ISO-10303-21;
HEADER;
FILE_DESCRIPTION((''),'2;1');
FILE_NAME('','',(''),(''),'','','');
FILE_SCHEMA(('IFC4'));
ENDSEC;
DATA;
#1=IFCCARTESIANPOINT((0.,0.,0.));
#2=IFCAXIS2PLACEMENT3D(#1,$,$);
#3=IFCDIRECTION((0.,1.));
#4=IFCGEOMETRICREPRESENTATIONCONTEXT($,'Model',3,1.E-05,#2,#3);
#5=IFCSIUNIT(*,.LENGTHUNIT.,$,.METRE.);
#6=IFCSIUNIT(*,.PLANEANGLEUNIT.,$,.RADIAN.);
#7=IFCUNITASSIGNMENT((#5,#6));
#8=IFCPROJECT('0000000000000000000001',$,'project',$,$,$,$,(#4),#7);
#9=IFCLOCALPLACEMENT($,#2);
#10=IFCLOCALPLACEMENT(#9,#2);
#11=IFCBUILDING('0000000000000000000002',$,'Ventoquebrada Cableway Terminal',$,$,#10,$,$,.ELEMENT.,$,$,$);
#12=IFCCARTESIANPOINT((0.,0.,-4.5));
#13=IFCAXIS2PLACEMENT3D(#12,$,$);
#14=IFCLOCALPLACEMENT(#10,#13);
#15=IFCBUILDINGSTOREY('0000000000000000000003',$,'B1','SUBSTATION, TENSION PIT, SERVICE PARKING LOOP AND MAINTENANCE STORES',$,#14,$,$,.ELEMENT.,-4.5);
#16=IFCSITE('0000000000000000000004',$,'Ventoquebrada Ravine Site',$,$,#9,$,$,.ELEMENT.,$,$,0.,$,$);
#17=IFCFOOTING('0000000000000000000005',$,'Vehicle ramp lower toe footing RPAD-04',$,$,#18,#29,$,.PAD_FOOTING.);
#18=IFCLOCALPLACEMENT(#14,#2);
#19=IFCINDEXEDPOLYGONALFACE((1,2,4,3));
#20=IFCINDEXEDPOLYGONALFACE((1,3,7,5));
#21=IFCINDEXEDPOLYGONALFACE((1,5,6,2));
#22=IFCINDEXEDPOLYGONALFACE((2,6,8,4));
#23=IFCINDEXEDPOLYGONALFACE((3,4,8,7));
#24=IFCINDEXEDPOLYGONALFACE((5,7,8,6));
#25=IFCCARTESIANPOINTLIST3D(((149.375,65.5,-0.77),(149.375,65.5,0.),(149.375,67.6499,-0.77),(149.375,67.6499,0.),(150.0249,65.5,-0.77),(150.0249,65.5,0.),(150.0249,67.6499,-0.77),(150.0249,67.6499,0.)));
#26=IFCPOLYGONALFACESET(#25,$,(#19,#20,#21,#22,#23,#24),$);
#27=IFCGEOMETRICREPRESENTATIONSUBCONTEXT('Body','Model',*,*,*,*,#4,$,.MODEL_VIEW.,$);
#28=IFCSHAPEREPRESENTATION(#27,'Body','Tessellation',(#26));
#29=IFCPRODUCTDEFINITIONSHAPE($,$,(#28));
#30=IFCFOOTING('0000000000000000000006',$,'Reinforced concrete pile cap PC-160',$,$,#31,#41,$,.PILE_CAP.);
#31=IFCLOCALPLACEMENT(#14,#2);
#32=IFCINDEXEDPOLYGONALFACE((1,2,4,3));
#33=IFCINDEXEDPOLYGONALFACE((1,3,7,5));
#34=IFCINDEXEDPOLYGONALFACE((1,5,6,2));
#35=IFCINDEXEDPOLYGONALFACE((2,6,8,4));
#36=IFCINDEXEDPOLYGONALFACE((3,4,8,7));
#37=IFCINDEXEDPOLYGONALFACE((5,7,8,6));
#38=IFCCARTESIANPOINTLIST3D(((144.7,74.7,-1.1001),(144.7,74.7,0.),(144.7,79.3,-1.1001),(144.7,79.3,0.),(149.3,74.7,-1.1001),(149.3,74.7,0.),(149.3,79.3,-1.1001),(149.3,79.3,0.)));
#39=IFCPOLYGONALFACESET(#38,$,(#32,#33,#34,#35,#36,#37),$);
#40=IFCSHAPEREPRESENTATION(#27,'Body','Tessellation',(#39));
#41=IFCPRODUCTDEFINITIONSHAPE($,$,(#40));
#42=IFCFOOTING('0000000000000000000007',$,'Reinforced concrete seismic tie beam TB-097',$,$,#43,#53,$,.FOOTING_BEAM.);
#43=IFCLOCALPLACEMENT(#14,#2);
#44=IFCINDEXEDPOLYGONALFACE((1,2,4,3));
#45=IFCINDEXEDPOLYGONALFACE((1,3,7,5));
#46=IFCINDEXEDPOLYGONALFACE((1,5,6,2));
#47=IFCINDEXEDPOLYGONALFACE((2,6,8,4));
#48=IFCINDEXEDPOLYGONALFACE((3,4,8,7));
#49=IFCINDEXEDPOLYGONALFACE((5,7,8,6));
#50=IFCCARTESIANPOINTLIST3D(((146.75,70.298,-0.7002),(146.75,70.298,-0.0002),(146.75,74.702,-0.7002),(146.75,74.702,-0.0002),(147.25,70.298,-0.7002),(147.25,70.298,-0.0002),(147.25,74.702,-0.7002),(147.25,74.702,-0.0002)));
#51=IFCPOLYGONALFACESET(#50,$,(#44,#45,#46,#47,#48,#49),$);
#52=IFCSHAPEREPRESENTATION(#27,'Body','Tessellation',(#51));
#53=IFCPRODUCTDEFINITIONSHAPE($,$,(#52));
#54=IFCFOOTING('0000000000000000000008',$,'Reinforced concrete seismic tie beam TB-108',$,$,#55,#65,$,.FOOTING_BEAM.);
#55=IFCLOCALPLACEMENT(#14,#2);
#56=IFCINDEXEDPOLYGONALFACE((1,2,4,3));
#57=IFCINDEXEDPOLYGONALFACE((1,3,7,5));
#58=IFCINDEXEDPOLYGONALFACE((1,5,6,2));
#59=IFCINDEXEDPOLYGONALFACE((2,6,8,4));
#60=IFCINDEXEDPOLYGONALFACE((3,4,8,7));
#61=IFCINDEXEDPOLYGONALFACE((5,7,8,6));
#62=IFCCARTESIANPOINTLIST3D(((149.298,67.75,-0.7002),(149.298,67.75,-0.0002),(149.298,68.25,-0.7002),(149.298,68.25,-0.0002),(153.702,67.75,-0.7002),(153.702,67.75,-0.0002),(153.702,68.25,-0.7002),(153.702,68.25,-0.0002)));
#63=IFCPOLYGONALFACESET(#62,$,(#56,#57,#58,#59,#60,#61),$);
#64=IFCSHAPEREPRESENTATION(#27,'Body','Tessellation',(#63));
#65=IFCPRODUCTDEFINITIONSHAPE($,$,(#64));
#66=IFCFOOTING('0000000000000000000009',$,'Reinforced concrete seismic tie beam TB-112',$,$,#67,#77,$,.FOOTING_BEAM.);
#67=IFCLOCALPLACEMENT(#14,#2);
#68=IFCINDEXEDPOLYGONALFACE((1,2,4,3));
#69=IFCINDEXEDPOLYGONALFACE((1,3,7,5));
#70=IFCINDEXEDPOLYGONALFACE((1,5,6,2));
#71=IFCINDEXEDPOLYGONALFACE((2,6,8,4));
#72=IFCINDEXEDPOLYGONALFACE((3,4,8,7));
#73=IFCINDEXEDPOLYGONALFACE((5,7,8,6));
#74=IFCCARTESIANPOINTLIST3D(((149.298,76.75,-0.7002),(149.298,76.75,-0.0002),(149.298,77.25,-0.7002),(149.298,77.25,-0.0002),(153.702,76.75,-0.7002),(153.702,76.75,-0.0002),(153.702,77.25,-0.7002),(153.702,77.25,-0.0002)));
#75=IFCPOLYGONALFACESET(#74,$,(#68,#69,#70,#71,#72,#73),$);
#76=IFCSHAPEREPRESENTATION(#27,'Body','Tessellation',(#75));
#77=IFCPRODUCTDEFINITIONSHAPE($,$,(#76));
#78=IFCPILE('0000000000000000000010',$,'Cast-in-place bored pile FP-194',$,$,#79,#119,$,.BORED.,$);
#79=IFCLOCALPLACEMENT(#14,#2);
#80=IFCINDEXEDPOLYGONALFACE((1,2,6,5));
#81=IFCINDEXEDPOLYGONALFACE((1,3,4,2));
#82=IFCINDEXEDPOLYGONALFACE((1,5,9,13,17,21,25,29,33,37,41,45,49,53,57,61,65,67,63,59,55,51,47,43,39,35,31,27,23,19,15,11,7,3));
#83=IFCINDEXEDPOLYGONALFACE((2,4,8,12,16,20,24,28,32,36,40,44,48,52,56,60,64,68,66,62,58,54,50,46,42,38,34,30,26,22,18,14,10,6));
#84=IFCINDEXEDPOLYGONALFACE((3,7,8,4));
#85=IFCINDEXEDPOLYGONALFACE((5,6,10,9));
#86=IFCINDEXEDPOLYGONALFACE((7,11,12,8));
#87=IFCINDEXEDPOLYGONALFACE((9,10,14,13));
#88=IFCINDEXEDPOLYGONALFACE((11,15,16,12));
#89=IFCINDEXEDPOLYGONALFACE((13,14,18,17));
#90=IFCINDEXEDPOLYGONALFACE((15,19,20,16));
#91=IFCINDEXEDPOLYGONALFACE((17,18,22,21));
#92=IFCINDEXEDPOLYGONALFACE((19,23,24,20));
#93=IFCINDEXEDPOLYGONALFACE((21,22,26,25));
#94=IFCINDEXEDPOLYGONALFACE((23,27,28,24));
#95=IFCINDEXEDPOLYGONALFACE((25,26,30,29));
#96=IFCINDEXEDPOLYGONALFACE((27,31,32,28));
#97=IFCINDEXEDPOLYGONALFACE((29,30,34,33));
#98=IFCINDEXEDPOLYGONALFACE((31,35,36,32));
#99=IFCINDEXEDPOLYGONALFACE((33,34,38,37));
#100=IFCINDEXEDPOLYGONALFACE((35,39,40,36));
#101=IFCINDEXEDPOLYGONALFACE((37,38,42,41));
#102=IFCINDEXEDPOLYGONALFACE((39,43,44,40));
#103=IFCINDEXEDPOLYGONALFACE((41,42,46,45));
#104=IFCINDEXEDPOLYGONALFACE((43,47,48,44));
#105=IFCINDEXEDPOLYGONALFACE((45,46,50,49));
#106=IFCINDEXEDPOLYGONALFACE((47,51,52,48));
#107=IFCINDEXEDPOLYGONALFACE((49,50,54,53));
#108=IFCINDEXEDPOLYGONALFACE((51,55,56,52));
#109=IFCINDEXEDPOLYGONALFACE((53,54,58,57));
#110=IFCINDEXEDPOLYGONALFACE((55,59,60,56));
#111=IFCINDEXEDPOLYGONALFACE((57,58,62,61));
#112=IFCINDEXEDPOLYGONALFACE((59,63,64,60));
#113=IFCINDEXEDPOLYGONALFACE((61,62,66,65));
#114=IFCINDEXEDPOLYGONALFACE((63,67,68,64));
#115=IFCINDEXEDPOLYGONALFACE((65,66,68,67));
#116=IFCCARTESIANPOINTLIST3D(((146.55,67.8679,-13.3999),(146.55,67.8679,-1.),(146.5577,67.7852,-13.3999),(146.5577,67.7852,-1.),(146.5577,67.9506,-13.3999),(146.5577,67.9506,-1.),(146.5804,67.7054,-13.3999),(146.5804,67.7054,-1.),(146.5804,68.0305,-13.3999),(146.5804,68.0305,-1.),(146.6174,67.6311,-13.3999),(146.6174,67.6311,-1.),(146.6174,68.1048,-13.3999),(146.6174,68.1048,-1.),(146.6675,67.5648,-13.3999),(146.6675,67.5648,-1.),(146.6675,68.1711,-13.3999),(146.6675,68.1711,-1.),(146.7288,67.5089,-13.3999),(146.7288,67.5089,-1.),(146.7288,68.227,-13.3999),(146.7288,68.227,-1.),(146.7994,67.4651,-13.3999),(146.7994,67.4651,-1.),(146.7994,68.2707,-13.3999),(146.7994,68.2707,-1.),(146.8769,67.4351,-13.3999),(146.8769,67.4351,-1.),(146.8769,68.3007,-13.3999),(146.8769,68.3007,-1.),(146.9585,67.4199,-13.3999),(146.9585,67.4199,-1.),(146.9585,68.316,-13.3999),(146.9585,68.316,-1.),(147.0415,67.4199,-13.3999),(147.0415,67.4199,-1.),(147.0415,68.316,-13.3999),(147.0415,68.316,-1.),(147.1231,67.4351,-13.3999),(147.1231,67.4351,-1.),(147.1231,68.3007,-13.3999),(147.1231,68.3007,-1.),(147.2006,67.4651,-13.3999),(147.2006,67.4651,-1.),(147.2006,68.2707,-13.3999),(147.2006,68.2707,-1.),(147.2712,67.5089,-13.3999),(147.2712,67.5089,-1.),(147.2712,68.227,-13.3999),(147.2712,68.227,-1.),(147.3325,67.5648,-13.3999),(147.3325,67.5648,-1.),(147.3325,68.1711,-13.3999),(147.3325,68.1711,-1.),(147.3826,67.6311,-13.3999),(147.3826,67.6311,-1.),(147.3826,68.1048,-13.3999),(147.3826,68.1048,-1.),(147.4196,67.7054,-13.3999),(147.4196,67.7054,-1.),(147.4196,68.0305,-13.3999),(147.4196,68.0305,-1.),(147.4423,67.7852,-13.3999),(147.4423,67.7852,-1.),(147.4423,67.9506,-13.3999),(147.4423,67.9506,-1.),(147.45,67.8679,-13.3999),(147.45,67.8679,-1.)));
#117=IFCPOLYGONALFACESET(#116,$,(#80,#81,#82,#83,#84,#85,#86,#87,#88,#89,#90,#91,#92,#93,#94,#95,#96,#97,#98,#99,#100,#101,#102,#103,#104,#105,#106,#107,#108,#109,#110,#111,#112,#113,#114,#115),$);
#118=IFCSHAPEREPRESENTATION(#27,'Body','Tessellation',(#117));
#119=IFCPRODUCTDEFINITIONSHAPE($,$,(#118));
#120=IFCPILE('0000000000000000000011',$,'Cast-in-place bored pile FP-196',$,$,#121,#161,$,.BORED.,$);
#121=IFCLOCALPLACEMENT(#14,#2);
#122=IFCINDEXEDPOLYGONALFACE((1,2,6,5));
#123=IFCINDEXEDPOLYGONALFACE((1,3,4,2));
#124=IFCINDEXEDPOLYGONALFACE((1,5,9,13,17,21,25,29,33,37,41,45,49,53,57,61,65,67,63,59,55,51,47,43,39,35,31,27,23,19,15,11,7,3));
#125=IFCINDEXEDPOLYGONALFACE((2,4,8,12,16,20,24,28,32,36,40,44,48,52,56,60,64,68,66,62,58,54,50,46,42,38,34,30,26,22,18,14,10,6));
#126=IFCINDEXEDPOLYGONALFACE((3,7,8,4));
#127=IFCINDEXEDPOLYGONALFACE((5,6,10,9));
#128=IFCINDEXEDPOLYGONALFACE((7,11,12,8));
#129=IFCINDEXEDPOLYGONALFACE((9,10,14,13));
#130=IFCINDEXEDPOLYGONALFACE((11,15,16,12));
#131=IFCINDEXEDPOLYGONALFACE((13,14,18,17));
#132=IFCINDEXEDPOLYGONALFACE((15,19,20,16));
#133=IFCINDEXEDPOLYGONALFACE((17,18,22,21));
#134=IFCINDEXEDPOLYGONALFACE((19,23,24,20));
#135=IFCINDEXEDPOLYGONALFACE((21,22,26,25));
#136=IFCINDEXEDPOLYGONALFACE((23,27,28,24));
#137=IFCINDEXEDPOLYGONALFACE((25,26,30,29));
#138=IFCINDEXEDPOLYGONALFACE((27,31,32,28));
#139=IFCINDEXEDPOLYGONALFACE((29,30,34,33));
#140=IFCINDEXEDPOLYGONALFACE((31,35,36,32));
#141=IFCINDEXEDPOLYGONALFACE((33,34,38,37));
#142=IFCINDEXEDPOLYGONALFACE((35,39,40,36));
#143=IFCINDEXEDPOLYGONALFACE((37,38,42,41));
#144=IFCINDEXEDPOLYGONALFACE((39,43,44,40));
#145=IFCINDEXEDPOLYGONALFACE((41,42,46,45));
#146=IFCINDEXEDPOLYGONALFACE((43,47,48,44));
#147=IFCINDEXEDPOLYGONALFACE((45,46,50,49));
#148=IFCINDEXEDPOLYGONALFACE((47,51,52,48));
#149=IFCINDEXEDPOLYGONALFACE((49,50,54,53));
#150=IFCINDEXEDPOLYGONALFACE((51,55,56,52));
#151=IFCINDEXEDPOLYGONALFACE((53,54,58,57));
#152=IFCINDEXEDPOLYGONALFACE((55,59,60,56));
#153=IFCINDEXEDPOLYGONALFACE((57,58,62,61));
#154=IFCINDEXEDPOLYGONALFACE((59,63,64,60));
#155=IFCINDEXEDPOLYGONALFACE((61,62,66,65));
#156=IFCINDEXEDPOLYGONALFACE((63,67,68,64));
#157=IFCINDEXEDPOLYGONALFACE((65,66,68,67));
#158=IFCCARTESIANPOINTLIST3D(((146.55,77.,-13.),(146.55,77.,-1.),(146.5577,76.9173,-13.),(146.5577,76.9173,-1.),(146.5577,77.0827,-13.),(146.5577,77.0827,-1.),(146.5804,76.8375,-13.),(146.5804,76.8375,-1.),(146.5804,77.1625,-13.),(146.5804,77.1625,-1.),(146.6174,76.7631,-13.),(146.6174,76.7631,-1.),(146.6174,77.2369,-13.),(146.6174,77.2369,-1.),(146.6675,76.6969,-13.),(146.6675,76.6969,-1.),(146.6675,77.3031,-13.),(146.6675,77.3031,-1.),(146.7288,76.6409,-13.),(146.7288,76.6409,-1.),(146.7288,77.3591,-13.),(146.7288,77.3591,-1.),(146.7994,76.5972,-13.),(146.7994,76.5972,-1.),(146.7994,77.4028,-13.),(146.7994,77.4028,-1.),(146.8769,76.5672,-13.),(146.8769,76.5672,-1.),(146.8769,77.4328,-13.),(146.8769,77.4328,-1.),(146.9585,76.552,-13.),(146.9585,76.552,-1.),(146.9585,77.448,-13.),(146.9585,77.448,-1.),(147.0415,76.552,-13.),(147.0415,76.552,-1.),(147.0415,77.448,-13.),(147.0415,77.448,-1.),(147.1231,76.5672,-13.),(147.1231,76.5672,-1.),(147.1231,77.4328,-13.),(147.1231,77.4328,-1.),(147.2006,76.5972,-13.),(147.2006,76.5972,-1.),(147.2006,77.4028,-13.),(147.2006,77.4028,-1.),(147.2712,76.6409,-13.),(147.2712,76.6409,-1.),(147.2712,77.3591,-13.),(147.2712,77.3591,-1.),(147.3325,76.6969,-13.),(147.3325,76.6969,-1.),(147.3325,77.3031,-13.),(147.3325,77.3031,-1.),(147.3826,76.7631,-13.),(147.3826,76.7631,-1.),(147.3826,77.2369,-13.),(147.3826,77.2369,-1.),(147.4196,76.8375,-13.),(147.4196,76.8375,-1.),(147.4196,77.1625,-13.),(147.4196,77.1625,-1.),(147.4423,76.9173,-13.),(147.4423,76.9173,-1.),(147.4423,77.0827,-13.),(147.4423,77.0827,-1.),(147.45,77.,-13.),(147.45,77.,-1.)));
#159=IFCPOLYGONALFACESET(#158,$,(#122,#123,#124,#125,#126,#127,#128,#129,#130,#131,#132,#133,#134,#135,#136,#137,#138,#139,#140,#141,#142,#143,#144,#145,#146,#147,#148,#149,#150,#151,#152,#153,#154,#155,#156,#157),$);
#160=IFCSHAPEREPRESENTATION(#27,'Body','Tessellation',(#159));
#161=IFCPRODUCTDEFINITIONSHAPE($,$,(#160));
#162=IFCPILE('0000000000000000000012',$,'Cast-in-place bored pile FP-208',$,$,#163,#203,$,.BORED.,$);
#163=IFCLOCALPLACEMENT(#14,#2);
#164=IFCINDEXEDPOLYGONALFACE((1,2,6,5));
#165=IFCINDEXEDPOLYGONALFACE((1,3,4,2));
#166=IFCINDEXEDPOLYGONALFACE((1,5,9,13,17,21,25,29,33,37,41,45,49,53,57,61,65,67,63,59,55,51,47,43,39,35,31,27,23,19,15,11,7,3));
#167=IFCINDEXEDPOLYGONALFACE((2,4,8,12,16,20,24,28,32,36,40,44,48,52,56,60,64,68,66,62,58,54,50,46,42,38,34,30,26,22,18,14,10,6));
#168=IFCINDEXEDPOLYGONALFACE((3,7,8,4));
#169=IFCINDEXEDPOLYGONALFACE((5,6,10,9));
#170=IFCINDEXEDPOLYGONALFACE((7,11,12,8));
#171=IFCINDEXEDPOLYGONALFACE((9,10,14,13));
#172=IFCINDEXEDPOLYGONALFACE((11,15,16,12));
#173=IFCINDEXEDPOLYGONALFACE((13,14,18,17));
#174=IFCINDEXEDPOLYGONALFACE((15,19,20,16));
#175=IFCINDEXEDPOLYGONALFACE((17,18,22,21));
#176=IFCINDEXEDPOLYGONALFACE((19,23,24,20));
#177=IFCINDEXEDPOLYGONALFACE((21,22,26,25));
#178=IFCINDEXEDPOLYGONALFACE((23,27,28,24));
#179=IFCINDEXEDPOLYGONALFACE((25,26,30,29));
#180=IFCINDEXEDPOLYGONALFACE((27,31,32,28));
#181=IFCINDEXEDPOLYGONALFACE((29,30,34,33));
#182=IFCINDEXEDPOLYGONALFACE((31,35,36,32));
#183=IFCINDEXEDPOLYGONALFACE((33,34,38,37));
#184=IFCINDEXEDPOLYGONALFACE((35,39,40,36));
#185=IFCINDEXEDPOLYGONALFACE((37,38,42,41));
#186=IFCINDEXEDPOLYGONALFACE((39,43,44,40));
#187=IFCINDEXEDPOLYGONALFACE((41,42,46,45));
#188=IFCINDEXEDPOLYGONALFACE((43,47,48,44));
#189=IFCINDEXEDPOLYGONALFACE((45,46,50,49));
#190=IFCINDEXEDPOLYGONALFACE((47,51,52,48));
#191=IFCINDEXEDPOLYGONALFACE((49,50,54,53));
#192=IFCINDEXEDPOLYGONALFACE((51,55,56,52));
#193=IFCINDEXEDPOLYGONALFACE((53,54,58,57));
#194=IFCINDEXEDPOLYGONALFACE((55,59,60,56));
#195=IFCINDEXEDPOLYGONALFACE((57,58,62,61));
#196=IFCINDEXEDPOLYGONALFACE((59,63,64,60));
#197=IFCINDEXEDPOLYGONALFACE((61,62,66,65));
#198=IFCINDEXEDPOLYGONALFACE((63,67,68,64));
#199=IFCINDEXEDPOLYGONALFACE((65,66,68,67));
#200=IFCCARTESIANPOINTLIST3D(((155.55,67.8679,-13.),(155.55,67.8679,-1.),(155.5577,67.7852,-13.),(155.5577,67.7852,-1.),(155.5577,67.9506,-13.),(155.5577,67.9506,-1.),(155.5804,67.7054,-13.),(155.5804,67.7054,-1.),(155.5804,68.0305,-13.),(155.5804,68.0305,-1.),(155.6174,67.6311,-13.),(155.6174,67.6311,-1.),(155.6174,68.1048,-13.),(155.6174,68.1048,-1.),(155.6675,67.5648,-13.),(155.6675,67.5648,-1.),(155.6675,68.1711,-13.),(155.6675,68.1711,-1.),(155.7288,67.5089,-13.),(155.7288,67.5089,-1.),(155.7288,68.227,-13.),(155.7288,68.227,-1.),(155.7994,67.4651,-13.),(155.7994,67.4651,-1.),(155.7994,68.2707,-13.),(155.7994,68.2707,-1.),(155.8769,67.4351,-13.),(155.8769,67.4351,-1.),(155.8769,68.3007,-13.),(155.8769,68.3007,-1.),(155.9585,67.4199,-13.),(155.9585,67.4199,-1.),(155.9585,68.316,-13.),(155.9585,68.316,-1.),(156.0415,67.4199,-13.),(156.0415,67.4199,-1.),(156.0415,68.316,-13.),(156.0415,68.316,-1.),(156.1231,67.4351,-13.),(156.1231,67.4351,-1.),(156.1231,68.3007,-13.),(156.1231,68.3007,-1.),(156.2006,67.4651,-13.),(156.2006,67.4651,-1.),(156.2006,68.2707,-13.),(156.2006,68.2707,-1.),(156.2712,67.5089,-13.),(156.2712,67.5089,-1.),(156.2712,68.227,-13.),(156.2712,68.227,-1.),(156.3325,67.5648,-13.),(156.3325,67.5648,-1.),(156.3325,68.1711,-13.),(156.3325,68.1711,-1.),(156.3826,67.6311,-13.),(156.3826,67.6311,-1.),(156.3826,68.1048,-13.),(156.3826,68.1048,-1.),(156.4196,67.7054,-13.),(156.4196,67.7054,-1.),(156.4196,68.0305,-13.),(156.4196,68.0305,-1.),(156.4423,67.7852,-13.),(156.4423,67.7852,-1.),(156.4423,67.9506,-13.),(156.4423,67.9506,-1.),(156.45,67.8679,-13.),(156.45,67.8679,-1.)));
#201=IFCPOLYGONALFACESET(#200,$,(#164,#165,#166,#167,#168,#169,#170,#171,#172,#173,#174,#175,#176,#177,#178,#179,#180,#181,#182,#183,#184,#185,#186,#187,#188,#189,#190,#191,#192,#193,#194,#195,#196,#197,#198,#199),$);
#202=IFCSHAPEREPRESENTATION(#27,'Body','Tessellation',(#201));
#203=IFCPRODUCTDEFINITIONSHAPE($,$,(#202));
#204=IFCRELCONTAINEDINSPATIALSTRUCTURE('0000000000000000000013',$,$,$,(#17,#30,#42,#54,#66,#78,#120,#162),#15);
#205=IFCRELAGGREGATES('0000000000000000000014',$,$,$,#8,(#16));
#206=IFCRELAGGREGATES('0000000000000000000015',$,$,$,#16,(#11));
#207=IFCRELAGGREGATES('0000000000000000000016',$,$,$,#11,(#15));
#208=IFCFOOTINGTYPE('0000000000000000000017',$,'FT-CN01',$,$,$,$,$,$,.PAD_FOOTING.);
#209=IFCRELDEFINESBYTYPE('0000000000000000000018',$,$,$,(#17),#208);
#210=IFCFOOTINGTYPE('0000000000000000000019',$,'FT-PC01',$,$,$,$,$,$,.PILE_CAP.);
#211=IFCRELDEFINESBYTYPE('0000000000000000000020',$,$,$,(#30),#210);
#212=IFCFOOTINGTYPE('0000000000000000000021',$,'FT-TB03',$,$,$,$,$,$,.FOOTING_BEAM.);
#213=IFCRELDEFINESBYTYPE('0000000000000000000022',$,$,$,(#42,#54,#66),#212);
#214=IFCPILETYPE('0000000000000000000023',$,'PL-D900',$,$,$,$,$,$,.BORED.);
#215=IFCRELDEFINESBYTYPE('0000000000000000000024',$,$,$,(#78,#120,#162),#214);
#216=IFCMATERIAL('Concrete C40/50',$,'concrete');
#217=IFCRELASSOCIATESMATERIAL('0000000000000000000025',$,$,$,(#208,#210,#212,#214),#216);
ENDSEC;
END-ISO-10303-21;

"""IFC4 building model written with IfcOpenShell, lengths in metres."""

from ifc_helpers import new_model, si_unit, direction, frame, origin, origin_2d, place, context, subcontext, project, spatial, rectangle, circle, extrude, material, material_profile, profile_set, type_object, element, save


model = new_model("IFC4")

# Units and contexts
model_context = context("Model", 3, precision=1e-05, world=origin(), true_north=direction((0.0, 1.0)))
body_context = subcontext(model_context, "Body", "Model", "MODEL_VIEW")
ifc_project = project(units=[si_unit("LENGTHUNIT", "METRE"), si_unit("PLANEANGLEUNIT", "RADIAN")], contexts=[model_context])

# Site, building, storey
site_placement = place(None, origin())
site = spatial("IfcSite", under=ifc_project, at=site_placement, Name="Ventoquebrada Ravine Site", CompositionType="ELEMENT", RefElevation=0.0)
building_placement = place(site_placement, origin())
building = spatial("IfcBuilding", under=site, at=building_placement, Name="Ventoquebrada Cableway Terminal", CompositionType="ELEMENT")
storey_placement = place(building_placement, frame((0.0, 0.0, -4.5)))
storey = spatial("IfcBuildingStorey", under=building, at=storey_placement, Name="B1", Description="SUBSTATION, TENSION PIT, SERVICE PARKING LOOP AND MAINTENANCE STORES", CompositionType="ELEMENT", Elevation=-4.5)

# Footings
ifc_material_1 = material(Name="Concrete C40/50", Category="concrete")
footing_type_1 = type_object("IfcFootingType", Name="FT-CN01", PredefinedType="PAD_FOOTING", material=ifc_material_1)
footing_1_placement = place(storey_placement, frame((149.7, 66.575, -0.77), z_axis=(0.0, 0.0, 1.0), x_axis=(1.0, 0.0, 0.0)))
element("IfcFooting", 1, at=footing_1_placement, inside=storey, type_object=footing_type_1, Name="Vehicle ramp lower toe footing RPAD-04", PredefinedType="PAD_FOOTING", context=body_context, shape_type="SweptSolid", body=[
    extrude(rectangle(XDim=0.6499, YDim=2.1499, at=origin_2d()), origin(), (0.0, 0.0, 1.0), 0.77),
])
footing_type_2 = type_object("IfcFootingType", Name="FT-PC01", PredefinedType="PILE_CAP", material=ifc_material_1)
footing_2_placement = place(storey_placement, frame((147.0, 77.0, -1.1001), z_axis=(0.0, 0.0, 1.0), x_axis=(1.0, 0.0, 0.0)))
element("IfcFooting", 2, at=footing_2_placement, inside=storey, type_object=footing_type_2, Name="Reinforced concrete pile cap PC-160", PredefinedType="PILE_CAP", context=body_context, shape_type="SweptSolid", body=[
    extrude(rectangle(XDim=4.6001, YDim=4.6001, at=origin_2d()), origin(), (0.0, 0.0, 1.0), 1.1001),
])
footing_type_3 = type_object("IfcFootingType", Name="FT-TB03", PredefinedType="FOOTING_BEAM", material=ifc_material_1)
for number, where, z_axis, x_axis, name in (
    (3, (147.0, 72.5, -0.7002), (0.0, 0.0, 1.0), (0.0, 1.0, 0.0), "Reinforced concrete seismic tie beam TB-097"),
    (4, (151.5, 68.0, -0.7002), (0.0, 0.0, 1.0), (1.0, 0.0, 0.0), "Reinforced concrete seismic tie beam TB-108"),
    (5, (151.5, 77.0, -0.7002), (0.0, 0.0, 1.0), (1.0, 0.0, 0.0), "Reinforced concrete seismic tie beam TB-112"),
):
    element("IfcFooting", number, at=place(storey_placement, frame(where, z_axis=z_axis, x_axis=x_axis)), inside=storey, type_object=footing_type_3, Name=name, PredefinedType="FOOTING_BEAM", context=body_context, shape_type="SweptSolid", body=[
        extrude(rectangle(XDim=4.4041, YDim=0.5, at=origin_2d()), origin(), (0.0, 0.0, 1.0), 0.7),
    ])

# Piles
ifc_material_profile_1 = material_profile(ifc_material_1, circle(Radius=0.45, at=origin_2d()), Name="PILE-D900")
ifc_profile_set_1 = profile_set([ifc_material_profile_1], Name="Concrete C40/50")
pile_type = type_object("IfcPileType", Name="PL-D900", PredefinedType="BORED", material=ifc_profile_set_1)
pile_placement = place(storey_placement, frame((147.0, 67.8679, -1.0), z_axis=(0.0, 0.0, -1.0), x_axis=(1.0, 0.0, 0.0)))
element("IfcPile", 6, at=pile_placement, inside=storey, type_object=pile_type, Name="Cast-in-place bored pile FP-194", PredefinedType="BORED", context=body_context, shape_type="SweptSolid", body=[
    extrude(circle(Radius=0.45, at=origin_2d()), origin(), (0.0, 0.0, 1.0), 12.3999),
])
for number, where, z_axis, x_axis, name in (
    (7, (147.0, 77.0, -1.0), (0.0, 0.0, -1.0), (1.0, 0.0, 0.0), "Cast-in-place bored pile FP-196"),
    (8, (156.0, 67.8679, -1.0), (0.0, 0.0, -1.0), (1.0, 0.0, 0.0), "Cast-in-place bored pile FP-208"),
):
    element("IfcPile", number, at=place(storey_placement, frame(where, z_axis=z_axis, x_axis=x_axis)), inside=storey, type_object=pile_type, Name=name, PredefinedType="BORED", context=body_context, shape_type="SweptSolid", body=[
        extrude(circle(Radius=0.45, at=origin_2d()), origin(), (0.0, 0.0, 1.0), 12.0),
    ])

save(model, "model.ifc")
